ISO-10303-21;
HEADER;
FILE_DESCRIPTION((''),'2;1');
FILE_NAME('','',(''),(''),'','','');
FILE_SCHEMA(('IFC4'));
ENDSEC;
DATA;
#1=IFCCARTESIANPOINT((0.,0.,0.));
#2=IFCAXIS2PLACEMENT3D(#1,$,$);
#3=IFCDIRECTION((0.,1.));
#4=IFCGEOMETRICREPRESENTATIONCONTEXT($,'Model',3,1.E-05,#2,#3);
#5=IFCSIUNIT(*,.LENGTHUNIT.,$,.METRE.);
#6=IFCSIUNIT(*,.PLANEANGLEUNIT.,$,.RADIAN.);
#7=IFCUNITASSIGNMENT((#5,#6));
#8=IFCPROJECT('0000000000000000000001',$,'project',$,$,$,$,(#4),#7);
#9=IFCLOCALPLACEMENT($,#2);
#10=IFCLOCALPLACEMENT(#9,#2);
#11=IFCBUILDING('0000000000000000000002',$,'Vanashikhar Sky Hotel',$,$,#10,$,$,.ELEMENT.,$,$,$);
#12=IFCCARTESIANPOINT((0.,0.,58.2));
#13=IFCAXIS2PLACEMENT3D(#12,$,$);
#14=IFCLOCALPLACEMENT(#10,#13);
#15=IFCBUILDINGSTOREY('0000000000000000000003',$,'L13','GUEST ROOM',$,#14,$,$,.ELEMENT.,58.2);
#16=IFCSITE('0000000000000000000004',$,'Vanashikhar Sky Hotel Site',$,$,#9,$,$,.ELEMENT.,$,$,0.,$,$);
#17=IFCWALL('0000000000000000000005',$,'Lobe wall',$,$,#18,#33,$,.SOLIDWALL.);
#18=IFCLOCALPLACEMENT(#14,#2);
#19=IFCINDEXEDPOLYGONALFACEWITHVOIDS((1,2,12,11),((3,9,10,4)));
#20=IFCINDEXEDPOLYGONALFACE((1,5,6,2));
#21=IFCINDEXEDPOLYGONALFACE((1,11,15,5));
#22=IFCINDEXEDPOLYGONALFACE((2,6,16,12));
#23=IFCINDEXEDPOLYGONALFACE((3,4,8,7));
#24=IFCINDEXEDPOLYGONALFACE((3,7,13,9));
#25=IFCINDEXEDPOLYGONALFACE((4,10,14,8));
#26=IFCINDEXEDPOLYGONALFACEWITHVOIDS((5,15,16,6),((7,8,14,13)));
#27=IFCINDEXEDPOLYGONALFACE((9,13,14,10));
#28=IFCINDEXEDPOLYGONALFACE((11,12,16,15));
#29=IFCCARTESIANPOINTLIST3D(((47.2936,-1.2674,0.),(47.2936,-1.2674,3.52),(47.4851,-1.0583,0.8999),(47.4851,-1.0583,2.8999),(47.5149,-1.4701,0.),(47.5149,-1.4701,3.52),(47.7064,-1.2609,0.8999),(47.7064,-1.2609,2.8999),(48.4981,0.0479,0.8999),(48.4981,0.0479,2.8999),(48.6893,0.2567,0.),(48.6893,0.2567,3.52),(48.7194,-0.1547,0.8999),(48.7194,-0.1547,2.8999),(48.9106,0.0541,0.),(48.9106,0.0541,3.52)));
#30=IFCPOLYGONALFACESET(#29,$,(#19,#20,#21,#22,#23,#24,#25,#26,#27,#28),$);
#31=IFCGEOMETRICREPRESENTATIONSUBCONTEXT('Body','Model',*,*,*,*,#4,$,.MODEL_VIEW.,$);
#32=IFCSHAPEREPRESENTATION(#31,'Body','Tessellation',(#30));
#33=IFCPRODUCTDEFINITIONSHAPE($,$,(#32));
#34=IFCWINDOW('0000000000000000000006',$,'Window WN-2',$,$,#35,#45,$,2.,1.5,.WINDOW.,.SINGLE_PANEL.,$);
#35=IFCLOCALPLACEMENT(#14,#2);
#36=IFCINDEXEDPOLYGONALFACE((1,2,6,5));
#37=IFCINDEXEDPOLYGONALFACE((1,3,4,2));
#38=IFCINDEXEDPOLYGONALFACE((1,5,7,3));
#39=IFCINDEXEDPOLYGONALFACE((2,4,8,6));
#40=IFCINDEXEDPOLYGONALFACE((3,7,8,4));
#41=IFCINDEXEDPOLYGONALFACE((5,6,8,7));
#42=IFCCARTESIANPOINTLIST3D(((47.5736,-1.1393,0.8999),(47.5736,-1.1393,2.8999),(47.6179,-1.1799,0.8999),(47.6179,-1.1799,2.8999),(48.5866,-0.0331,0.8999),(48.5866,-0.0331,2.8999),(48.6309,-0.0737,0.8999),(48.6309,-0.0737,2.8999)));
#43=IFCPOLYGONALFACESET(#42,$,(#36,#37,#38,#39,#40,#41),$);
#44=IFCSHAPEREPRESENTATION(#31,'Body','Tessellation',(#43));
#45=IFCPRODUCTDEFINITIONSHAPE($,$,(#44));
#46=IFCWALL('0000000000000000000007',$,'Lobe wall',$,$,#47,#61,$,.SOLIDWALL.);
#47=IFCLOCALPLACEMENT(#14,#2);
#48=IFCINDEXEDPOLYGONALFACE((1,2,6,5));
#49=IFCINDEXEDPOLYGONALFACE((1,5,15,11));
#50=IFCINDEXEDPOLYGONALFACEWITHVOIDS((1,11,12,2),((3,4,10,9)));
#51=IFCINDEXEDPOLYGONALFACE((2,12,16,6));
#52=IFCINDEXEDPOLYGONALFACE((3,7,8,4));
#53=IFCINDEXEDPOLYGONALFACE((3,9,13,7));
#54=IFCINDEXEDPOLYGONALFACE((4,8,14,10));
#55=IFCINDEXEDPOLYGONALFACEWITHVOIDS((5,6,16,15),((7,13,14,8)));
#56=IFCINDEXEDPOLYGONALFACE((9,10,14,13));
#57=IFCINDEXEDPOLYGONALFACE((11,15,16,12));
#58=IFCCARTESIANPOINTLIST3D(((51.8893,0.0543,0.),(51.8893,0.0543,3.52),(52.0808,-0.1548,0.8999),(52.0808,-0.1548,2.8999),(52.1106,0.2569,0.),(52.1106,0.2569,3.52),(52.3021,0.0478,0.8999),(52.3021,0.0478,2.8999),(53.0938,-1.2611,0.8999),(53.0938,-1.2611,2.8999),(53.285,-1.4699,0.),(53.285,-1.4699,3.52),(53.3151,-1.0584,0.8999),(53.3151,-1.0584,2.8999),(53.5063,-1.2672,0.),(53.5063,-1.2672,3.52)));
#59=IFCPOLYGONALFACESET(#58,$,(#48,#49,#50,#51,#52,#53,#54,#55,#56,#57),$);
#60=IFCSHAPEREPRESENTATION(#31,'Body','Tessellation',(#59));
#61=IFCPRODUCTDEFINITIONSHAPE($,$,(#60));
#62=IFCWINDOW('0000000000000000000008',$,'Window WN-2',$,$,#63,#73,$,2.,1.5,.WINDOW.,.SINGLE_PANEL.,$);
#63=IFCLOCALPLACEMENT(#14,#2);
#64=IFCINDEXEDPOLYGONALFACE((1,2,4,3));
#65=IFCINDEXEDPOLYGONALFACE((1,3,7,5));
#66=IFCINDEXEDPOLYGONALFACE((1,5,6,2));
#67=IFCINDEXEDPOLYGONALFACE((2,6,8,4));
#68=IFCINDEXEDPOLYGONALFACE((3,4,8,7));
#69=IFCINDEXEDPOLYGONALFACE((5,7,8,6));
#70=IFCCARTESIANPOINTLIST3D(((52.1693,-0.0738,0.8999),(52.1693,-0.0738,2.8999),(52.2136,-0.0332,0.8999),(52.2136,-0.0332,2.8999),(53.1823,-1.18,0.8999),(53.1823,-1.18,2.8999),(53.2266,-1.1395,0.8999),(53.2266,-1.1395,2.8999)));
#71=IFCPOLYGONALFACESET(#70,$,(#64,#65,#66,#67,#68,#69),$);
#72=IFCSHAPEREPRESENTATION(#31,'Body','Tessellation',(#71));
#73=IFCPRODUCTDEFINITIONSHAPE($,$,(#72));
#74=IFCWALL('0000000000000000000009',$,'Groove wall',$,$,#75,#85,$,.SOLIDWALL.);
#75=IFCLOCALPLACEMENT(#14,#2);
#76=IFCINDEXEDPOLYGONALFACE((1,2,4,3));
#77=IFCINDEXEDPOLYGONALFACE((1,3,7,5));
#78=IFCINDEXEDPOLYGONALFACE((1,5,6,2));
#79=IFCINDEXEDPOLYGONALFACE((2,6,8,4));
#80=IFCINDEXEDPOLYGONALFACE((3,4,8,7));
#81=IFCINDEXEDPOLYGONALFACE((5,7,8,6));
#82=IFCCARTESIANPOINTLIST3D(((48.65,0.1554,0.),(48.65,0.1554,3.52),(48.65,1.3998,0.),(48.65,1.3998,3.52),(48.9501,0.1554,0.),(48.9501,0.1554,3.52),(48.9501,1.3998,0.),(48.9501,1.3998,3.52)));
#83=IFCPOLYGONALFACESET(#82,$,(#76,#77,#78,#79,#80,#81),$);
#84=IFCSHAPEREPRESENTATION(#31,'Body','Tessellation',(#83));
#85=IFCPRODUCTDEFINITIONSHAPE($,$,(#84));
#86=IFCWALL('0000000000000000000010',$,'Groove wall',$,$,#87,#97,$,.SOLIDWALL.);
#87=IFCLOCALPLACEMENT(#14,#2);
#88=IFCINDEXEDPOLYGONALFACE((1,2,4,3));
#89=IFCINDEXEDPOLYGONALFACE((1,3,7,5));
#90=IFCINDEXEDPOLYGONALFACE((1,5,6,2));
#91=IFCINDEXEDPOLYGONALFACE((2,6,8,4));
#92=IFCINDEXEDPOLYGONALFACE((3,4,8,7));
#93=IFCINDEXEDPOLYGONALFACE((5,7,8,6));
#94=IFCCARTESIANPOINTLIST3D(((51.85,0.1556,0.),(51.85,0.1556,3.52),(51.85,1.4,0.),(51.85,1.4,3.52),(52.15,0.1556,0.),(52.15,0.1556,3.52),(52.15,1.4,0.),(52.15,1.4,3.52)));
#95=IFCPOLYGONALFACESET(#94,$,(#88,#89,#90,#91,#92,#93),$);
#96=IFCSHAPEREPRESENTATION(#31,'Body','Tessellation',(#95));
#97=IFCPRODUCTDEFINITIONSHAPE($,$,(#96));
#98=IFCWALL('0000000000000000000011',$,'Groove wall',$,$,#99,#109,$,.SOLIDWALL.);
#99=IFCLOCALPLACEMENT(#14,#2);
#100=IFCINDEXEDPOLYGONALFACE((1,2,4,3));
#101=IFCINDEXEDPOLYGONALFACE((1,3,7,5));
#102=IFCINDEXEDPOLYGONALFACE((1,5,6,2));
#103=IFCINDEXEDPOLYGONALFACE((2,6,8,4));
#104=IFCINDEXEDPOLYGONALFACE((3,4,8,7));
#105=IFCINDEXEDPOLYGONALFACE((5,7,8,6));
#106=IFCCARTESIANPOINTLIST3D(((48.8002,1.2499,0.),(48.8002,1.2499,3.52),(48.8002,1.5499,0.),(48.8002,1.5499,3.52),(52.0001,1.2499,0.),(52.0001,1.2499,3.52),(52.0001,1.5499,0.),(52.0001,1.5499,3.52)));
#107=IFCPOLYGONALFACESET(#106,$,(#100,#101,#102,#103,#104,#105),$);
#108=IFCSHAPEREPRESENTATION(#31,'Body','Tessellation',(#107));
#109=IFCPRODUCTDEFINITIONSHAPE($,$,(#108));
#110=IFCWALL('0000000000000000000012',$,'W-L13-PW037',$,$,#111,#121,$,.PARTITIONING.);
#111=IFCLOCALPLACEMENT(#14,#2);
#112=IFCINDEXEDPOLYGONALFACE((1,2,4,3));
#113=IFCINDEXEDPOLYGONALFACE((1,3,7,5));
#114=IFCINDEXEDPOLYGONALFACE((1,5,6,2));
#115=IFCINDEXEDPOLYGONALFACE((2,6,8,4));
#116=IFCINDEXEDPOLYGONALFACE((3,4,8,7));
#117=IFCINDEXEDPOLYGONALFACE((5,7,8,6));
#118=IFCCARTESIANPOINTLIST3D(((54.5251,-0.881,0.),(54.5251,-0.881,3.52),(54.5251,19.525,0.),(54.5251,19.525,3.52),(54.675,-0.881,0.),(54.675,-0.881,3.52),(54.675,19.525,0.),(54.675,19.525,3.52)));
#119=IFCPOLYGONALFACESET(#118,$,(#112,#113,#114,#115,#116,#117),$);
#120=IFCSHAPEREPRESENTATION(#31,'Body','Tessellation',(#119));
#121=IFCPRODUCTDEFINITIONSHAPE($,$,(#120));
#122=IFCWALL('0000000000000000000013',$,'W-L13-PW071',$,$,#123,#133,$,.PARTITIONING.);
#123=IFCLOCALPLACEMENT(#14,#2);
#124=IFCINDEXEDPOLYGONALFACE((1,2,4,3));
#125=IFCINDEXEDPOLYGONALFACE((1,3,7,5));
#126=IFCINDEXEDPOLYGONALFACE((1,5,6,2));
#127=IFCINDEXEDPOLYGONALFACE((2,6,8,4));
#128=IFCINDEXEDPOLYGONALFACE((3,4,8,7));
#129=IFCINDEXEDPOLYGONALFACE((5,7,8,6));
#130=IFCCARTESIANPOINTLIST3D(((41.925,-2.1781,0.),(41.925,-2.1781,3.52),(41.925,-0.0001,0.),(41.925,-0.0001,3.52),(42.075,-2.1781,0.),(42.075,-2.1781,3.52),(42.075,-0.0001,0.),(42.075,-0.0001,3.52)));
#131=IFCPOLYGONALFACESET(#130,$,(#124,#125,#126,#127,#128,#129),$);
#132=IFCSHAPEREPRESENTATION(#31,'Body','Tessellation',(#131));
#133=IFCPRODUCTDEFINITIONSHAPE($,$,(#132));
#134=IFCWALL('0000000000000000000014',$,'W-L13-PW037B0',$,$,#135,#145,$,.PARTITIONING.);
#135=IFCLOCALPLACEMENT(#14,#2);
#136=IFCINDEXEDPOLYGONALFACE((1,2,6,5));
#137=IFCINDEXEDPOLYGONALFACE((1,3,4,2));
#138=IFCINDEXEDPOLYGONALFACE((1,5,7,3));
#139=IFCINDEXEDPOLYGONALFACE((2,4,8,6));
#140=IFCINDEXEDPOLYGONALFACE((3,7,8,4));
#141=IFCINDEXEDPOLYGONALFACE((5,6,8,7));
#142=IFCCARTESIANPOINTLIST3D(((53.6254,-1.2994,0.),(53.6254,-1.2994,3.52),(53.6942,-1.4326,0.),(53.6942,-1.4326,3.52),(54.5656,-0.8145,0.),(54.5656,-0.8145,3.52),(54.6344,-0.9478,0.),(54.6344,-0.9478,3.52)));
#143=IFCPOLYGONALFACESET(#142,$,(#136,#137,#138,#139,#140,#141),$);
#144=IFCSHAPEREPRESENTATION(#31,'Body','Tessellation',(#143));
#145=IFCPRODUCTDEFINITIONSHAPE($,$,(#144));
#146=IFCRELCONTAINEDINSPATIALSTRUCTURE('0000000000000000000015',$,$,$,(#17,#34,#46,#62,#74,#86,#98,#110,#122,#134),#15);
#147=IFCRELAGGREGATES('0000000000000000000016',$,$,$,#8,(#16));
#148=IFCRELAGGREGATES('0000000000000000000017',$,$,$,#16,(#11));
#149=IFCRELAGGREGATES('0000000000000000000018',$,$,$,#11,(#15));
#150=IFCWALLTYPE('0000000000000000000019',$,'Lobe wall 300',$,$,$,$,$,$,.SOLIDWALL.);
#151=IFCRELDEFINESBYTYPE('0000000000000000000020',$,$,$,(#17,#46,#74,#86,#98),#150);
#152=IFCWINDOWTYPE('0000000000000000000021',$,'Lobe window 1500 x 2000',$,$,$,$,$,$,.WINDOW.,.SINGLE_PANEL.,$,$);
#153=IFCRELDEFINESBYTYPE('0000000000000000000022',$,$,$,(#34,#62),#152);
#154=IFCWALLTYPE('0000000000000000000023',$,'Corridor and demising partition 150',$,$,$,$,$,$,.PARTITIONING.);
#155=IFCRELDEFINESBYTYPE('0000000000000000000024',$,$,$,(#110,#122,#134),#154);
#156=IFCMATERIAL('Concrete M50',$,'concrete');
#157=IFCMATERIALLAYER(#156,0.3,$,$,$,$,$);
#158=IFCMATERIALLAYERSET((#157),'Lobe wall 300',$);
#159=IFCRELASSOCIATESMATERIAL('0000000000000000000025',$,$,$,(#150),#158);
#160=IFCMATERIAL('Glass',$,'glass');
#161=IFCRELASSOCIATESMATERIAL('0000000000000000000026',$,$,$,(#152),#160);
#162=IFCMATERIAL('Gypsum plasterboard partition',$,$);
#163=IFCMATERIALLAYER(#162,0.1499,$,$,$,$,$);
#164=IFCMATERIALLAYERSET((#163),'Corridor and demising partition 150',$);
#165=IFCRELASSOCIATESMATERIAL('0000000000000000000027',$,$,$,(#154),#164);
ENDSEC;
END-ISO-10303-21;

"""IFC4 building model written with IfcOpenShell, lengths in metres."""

from ifc_helpers import new_model, si_unit, direction, frame, frame_2d, origin, place, context, subcontext, project, spatial, rectangle, extrude, source, transform, mapped, material, layer, layer_set, type_object, element, fill, save


model = new_model("IFC4")

# Units and contexts
model_context = context("Model", 3, precision=1e-05, world=origin(), true_north=direction((0.0, 1.0)))
body_context = subcontext(model_context, "Body", "Model", "MODEL_VIEW")
ifc_project = project(units=[si_unit("LENGTHUNIT", "METRE"), si_unit("PLANEANGLEUNIT", "RADIAN")], contexts=[model_context])

# Site, building, storey
site_placement = place(None, origin())
site = spatial("IfcSite", under=ifc_project, at=site_placement, Name="Vanashikhar Sky Hotel Site", CompositionType="ELEMENT", RefElevation=0.0)
building_placement = place(site_placement, origin())
building = spatial("IfcBuilding", under=site, at=building_placement, Name="Vanashikhar Sky Hotel", CompositionType="ELEMENT")
storey_placement = place(building_placement, frame((0.0, 0.0, 58.2)))
storey = spatial("IfcBuildingStorey", under=building, at=storey_placement, Name="L13", Description="GUEST ROOM", CompositionType="ELEMENT", Elevation=58.2)

# Walls, openings, windows
ifc_material_1 = material(Name="Concrete M50", Category="concrete")
ifc_layer_1 = layer(ifc_material_1, 0.3)
ifc_layer_set_1 = layer_set([ifc_layer_1], Name="Lobe wall 300")
wall_type_1 = type_object("IfcWallType", Name="Lobe wall 300", PredefinedType="SOLIDWALL", material=ifc_layer_set_1)
shared_shape_1 = source(origin(), body_context, "Body", "SweptSolid", [
    extrude(rectangle(XDim=1.5, YDim=2.0, at=frame_2d((0.75, 1.0))), frame((0.0, 0.1602, 0.0), z_axis=(0.0, -1.0, 0.0), x_axis=(1.0, 0.0, 0.0)), (0.0, 0.0, 1.0), 0.3201),
])
ifc_material_2 = material(Name="Glass", Category="glass")
window_type = type_object("IfcWindowType", Name="Lobe window 1500 x 2000", PartitioningType="SINGLE_PANEL", PredefinedType="WINDOW", material=ifc_material_2)
shared_shape_2 = source(origin(), body_context, "Body", "SweptSolid", [
    extrude(rectangle(XDim=1.5, YDim=2.0, at=frame_2d((0.75, 1.0))), frame((0.0, 0.03, 0.0), z_axis=(0.0, -1.0, 0.0), x_axis=(1.0, 0.0, 0.0)), (0.0, 0.0, 1.0), 0.0601),
])
shared_shape_3 = source(origin(), body_context, "Body", "SweptSolid", [
    extrude(rectangle(XDim=2.0667, YDim=0.3, at=frame_2d((1.0332, 0.0))), origin(), (0.0, 0.0, 1.0), 3.52),
])
wall_1_placement = place(storey_placement, frame((47.4043, -1.3687, 0.0), z_axis=(0.0, 0.0, 1.0), x_axis=(0.675355, 0.737492, 0.0)))
wall_1 = element("IfcWall", 1, at=wall_1_placement, inside=storey, type_object=wall_type_1, Name="Lobe wall", PredefinedType="SOLIDWALL", context=body_context, shape_type="MappedRepresentation", body=[
    mapped(shared_shape_3, transform((0.0, 0.0, 0.0), scale=1.0)),
])
opening_1_placement = place(wall_1_placement, frame((0.2834, 0.0, 0.8999)))
opening_1 = element("IfcOpeningElement", 2, at=opening_1_placement, cuts=wall_1, PredefinedType="OPENING", context=body_context, shape_type="MappedRepresentation", body=[
    mapped(shared_shape_1, transform((0.0, 0.0, 0.0), scale=1.0)),
])
window_1_placement = place(opening_1_placement, origin())
window_1 = element("IfcWindow", 3, at=window_1_placement, inside=storey, type_object=window_type, Name="Window WN-2", OverallHeight=2.0, OverallWidth=1.5, PartitioningType="SINGLE_PANEL", PredefinedType="WINDOW", context=body_context, shape_type="MappedRepresentation", body=[
    mapped(shared_shape_2, transform((0.0, 0.0, 0.0), scale=1.0)),
])
fill(opening_1, window_1)
wall_2_placement = place(storey_placement, frame((52.0, 0.1555, 0.0), z_axis=(0.0, 0.0, 1.0), x_axis=(0.675355, -0.737492, 0.0)))
wall_2 = element("IfcWall", 4, at=wall_2_placement, inside=storey, type_object=wall_type_1, Name="Lobe wall", PredefinedType="SOLIDWALL", context=body_context, shape_type="MappedRepresentation", body=[
    mapped(shared_shape_3, transform((0.0, 0.0, 0.0), scale=1.0)),
])
opening_2_placement = place(wall_2_placement, frame((0.2834, 0.0, 0.8999)))
opening_2 = element("IfcOpeningElement", 5, at=opening_2_placement, cuts=wall_2, PredefinedType="OPENING", context=body_context, shape_type="MappedRepresentation", body=[
    mapped(shared_shape_1, transform((0.0, 0.0, 0.0), scale=1.0)),
])
window_2_placement = place(opening_2_placement, origin())
window_2 = element("IfcWindow", 6, at=window_2_placement, inside=storey, type_object=window_type, Name="Window WN-2", OverallHeight=2.0, OverallWidth=1.5, PartitioningType="SINGLE_PANEL", PredefinedType="WINDOW", context=body_context, shape_type="MappedRepresentation", body=[
    mapped(shared_shape_2, transform((0.0, 0.0, 0.0), scale=1.0)),
])
fill(opening_2, window_2)

# Walls
shared_shape_4 = source(origin(), body_context, "Body", "SweptSolid", [
    extrude(rectangle(XDim=1.2444, YDim=0.3, at=frame_2d((0.6221, 0.0))), origin(), (0.0, 0.0, 1.0), 3.52),
])
for number, where, z_axis, x_axis, name in (
    (7, (48.8, 0.1555, 0.0), (0.0, 0.0, 1.0), (0.0, 1.0, 0.0), "Groove wall"),
    (8, (52.0, 1.3999, 0.0), (0.0, 0.0, 1.0), (0.0, -1.0, 0.0), "Groove wall"),
):
    element("IfcWall", number, at=place(storey_placement, frame(where, z_axis=z_axis, x_axis=x_axis)), inside=storey, type_object=wall_type_1, Name=name, PredefinedType="SOLIDWALL", context=body_context, shape_type="MappedRepresentation", body=[
        mapped(shared_shape_4, transform((0.0, 0.0, 0.0), scale=1.0)),
    ])
shared_shape_5 = source(origin(), body_context, "Body", "SweptSolid", [
    extrude(rectangle(XDim=3.2, YDim=0.3, at=frame_2d((1.6001, 0.0))), origin(), (0.0, 0.0, 1.0), 3.52),
])
wall_3_placement = place(storey_placement, frame((48.8, 1.3999, 0.0), z_axis=(0.0, 0.0, 1.0), x_axis=(1.0, 0.0, 0.0)))
element("IfcWall", 9, at=wall_3_placement, inside=storey, type_object=wall_type_1, Name="Groove wall", PredefinedType="SOLIDWALL", context=body_context, shape_type="MappedRepresentation", body=[
    mapped(shared_shape_5, transform((0.0, 0.0, 0.0), scale=1.0)),
])
ifc_material_3 = material(Name="Gypsum plasterboard partition")
ifc_layer_2 = layer(ifc_material_3, 0.1499)
ifc_layer_set_2 = layer_set([ifc_layer_2], Name="Corridor and demising partition 150")
wall_type_2 = type_object("IfcWallType", Name="Corridor and demising partition 150", PredefinedType="PARTITIONING", material=ifc_layer_set_2)
shared_shape_6 = source(origin(), body_context, "Body", "SweptSolid", [
    extrude(rectangle(XDim=20.406, YDim=0.1499, at=frame_2d((10.2031, 0.0))), origin(), (0.0, 0.0, 1.0), 3.52),
])
wall_4_placement = place(storey_placement, frame((54.6001, -0.8811, 0.0), z_axis=(0.0, 0.0, 1.0), x_axis=(0.0, 1.0, 0.0)))
element("IfcWall", 10, at=wall_4_placement, inside=storey, type_object=wall_type_2, Name="W-L13-PW037", PredefinedType="PARTITIONING", context=body_context, shape_type="MappedRepresentation", body=[
    mapped(shared_shape_6, transform((0.0, 0.0, 0.0), scale=1.0)),
])
shared_shape_7 = source(origin(), body_context, "Body", "SweptSolid", [
    extrude(rectangle(XDim=2.178, YDim=0.1499, at=frame_2d((1.0889, 0.0))), origin(), (0.0, 0.0, 1.0), 3.52),
])
wall_5_placement = place(storey_placement, frame((42.0, -2.178, 0.0), z_axis=(0.0, 0.0, 1.0), x_axis=(0.0, 1.0, 0.0)))
element("IfcWall", 11, at=wall_5_placement, inside=storey, type_object=wall_type_2, Name="W-L13-PW071", PredefinedType="PARTITIONING", context=body_context, shape_type="MappedRepresentation", body=[
    mapped(shared_shape_7, transform((0.0, 0.0, 0.0), scale=1.0)),
])
shared_shape_8 = source(origin(), body_context, "Body", "SweptSolid", [
    extrude(rectangle(XDim=1.0579, YDim=0.1499, at=frame_2d((0.5288, 0.0))), origin(), (0.0, 0.0, 1.0), 3.52),
])
wall_6_placement = place(storey_placement, frame((53.6599, -1.366, 0.0), z_axis=(0.0, 0.0, 1.0), x_axis=(0.888772, 0.458349, 0.0)))
element("IfcWall", 12, at=wall_6_placement, inside=storey, type_object=wall_type_2, Name="W-L13-PW037B0", PredefinedType="PARTITIONING", context=body_context, shape_type="MappedRepresentation", body=[
    mapped(shared_shape_8, transform((0.0, 0.0, 0.0), scale=1.0)),
])

save(model, "model.ifc")
